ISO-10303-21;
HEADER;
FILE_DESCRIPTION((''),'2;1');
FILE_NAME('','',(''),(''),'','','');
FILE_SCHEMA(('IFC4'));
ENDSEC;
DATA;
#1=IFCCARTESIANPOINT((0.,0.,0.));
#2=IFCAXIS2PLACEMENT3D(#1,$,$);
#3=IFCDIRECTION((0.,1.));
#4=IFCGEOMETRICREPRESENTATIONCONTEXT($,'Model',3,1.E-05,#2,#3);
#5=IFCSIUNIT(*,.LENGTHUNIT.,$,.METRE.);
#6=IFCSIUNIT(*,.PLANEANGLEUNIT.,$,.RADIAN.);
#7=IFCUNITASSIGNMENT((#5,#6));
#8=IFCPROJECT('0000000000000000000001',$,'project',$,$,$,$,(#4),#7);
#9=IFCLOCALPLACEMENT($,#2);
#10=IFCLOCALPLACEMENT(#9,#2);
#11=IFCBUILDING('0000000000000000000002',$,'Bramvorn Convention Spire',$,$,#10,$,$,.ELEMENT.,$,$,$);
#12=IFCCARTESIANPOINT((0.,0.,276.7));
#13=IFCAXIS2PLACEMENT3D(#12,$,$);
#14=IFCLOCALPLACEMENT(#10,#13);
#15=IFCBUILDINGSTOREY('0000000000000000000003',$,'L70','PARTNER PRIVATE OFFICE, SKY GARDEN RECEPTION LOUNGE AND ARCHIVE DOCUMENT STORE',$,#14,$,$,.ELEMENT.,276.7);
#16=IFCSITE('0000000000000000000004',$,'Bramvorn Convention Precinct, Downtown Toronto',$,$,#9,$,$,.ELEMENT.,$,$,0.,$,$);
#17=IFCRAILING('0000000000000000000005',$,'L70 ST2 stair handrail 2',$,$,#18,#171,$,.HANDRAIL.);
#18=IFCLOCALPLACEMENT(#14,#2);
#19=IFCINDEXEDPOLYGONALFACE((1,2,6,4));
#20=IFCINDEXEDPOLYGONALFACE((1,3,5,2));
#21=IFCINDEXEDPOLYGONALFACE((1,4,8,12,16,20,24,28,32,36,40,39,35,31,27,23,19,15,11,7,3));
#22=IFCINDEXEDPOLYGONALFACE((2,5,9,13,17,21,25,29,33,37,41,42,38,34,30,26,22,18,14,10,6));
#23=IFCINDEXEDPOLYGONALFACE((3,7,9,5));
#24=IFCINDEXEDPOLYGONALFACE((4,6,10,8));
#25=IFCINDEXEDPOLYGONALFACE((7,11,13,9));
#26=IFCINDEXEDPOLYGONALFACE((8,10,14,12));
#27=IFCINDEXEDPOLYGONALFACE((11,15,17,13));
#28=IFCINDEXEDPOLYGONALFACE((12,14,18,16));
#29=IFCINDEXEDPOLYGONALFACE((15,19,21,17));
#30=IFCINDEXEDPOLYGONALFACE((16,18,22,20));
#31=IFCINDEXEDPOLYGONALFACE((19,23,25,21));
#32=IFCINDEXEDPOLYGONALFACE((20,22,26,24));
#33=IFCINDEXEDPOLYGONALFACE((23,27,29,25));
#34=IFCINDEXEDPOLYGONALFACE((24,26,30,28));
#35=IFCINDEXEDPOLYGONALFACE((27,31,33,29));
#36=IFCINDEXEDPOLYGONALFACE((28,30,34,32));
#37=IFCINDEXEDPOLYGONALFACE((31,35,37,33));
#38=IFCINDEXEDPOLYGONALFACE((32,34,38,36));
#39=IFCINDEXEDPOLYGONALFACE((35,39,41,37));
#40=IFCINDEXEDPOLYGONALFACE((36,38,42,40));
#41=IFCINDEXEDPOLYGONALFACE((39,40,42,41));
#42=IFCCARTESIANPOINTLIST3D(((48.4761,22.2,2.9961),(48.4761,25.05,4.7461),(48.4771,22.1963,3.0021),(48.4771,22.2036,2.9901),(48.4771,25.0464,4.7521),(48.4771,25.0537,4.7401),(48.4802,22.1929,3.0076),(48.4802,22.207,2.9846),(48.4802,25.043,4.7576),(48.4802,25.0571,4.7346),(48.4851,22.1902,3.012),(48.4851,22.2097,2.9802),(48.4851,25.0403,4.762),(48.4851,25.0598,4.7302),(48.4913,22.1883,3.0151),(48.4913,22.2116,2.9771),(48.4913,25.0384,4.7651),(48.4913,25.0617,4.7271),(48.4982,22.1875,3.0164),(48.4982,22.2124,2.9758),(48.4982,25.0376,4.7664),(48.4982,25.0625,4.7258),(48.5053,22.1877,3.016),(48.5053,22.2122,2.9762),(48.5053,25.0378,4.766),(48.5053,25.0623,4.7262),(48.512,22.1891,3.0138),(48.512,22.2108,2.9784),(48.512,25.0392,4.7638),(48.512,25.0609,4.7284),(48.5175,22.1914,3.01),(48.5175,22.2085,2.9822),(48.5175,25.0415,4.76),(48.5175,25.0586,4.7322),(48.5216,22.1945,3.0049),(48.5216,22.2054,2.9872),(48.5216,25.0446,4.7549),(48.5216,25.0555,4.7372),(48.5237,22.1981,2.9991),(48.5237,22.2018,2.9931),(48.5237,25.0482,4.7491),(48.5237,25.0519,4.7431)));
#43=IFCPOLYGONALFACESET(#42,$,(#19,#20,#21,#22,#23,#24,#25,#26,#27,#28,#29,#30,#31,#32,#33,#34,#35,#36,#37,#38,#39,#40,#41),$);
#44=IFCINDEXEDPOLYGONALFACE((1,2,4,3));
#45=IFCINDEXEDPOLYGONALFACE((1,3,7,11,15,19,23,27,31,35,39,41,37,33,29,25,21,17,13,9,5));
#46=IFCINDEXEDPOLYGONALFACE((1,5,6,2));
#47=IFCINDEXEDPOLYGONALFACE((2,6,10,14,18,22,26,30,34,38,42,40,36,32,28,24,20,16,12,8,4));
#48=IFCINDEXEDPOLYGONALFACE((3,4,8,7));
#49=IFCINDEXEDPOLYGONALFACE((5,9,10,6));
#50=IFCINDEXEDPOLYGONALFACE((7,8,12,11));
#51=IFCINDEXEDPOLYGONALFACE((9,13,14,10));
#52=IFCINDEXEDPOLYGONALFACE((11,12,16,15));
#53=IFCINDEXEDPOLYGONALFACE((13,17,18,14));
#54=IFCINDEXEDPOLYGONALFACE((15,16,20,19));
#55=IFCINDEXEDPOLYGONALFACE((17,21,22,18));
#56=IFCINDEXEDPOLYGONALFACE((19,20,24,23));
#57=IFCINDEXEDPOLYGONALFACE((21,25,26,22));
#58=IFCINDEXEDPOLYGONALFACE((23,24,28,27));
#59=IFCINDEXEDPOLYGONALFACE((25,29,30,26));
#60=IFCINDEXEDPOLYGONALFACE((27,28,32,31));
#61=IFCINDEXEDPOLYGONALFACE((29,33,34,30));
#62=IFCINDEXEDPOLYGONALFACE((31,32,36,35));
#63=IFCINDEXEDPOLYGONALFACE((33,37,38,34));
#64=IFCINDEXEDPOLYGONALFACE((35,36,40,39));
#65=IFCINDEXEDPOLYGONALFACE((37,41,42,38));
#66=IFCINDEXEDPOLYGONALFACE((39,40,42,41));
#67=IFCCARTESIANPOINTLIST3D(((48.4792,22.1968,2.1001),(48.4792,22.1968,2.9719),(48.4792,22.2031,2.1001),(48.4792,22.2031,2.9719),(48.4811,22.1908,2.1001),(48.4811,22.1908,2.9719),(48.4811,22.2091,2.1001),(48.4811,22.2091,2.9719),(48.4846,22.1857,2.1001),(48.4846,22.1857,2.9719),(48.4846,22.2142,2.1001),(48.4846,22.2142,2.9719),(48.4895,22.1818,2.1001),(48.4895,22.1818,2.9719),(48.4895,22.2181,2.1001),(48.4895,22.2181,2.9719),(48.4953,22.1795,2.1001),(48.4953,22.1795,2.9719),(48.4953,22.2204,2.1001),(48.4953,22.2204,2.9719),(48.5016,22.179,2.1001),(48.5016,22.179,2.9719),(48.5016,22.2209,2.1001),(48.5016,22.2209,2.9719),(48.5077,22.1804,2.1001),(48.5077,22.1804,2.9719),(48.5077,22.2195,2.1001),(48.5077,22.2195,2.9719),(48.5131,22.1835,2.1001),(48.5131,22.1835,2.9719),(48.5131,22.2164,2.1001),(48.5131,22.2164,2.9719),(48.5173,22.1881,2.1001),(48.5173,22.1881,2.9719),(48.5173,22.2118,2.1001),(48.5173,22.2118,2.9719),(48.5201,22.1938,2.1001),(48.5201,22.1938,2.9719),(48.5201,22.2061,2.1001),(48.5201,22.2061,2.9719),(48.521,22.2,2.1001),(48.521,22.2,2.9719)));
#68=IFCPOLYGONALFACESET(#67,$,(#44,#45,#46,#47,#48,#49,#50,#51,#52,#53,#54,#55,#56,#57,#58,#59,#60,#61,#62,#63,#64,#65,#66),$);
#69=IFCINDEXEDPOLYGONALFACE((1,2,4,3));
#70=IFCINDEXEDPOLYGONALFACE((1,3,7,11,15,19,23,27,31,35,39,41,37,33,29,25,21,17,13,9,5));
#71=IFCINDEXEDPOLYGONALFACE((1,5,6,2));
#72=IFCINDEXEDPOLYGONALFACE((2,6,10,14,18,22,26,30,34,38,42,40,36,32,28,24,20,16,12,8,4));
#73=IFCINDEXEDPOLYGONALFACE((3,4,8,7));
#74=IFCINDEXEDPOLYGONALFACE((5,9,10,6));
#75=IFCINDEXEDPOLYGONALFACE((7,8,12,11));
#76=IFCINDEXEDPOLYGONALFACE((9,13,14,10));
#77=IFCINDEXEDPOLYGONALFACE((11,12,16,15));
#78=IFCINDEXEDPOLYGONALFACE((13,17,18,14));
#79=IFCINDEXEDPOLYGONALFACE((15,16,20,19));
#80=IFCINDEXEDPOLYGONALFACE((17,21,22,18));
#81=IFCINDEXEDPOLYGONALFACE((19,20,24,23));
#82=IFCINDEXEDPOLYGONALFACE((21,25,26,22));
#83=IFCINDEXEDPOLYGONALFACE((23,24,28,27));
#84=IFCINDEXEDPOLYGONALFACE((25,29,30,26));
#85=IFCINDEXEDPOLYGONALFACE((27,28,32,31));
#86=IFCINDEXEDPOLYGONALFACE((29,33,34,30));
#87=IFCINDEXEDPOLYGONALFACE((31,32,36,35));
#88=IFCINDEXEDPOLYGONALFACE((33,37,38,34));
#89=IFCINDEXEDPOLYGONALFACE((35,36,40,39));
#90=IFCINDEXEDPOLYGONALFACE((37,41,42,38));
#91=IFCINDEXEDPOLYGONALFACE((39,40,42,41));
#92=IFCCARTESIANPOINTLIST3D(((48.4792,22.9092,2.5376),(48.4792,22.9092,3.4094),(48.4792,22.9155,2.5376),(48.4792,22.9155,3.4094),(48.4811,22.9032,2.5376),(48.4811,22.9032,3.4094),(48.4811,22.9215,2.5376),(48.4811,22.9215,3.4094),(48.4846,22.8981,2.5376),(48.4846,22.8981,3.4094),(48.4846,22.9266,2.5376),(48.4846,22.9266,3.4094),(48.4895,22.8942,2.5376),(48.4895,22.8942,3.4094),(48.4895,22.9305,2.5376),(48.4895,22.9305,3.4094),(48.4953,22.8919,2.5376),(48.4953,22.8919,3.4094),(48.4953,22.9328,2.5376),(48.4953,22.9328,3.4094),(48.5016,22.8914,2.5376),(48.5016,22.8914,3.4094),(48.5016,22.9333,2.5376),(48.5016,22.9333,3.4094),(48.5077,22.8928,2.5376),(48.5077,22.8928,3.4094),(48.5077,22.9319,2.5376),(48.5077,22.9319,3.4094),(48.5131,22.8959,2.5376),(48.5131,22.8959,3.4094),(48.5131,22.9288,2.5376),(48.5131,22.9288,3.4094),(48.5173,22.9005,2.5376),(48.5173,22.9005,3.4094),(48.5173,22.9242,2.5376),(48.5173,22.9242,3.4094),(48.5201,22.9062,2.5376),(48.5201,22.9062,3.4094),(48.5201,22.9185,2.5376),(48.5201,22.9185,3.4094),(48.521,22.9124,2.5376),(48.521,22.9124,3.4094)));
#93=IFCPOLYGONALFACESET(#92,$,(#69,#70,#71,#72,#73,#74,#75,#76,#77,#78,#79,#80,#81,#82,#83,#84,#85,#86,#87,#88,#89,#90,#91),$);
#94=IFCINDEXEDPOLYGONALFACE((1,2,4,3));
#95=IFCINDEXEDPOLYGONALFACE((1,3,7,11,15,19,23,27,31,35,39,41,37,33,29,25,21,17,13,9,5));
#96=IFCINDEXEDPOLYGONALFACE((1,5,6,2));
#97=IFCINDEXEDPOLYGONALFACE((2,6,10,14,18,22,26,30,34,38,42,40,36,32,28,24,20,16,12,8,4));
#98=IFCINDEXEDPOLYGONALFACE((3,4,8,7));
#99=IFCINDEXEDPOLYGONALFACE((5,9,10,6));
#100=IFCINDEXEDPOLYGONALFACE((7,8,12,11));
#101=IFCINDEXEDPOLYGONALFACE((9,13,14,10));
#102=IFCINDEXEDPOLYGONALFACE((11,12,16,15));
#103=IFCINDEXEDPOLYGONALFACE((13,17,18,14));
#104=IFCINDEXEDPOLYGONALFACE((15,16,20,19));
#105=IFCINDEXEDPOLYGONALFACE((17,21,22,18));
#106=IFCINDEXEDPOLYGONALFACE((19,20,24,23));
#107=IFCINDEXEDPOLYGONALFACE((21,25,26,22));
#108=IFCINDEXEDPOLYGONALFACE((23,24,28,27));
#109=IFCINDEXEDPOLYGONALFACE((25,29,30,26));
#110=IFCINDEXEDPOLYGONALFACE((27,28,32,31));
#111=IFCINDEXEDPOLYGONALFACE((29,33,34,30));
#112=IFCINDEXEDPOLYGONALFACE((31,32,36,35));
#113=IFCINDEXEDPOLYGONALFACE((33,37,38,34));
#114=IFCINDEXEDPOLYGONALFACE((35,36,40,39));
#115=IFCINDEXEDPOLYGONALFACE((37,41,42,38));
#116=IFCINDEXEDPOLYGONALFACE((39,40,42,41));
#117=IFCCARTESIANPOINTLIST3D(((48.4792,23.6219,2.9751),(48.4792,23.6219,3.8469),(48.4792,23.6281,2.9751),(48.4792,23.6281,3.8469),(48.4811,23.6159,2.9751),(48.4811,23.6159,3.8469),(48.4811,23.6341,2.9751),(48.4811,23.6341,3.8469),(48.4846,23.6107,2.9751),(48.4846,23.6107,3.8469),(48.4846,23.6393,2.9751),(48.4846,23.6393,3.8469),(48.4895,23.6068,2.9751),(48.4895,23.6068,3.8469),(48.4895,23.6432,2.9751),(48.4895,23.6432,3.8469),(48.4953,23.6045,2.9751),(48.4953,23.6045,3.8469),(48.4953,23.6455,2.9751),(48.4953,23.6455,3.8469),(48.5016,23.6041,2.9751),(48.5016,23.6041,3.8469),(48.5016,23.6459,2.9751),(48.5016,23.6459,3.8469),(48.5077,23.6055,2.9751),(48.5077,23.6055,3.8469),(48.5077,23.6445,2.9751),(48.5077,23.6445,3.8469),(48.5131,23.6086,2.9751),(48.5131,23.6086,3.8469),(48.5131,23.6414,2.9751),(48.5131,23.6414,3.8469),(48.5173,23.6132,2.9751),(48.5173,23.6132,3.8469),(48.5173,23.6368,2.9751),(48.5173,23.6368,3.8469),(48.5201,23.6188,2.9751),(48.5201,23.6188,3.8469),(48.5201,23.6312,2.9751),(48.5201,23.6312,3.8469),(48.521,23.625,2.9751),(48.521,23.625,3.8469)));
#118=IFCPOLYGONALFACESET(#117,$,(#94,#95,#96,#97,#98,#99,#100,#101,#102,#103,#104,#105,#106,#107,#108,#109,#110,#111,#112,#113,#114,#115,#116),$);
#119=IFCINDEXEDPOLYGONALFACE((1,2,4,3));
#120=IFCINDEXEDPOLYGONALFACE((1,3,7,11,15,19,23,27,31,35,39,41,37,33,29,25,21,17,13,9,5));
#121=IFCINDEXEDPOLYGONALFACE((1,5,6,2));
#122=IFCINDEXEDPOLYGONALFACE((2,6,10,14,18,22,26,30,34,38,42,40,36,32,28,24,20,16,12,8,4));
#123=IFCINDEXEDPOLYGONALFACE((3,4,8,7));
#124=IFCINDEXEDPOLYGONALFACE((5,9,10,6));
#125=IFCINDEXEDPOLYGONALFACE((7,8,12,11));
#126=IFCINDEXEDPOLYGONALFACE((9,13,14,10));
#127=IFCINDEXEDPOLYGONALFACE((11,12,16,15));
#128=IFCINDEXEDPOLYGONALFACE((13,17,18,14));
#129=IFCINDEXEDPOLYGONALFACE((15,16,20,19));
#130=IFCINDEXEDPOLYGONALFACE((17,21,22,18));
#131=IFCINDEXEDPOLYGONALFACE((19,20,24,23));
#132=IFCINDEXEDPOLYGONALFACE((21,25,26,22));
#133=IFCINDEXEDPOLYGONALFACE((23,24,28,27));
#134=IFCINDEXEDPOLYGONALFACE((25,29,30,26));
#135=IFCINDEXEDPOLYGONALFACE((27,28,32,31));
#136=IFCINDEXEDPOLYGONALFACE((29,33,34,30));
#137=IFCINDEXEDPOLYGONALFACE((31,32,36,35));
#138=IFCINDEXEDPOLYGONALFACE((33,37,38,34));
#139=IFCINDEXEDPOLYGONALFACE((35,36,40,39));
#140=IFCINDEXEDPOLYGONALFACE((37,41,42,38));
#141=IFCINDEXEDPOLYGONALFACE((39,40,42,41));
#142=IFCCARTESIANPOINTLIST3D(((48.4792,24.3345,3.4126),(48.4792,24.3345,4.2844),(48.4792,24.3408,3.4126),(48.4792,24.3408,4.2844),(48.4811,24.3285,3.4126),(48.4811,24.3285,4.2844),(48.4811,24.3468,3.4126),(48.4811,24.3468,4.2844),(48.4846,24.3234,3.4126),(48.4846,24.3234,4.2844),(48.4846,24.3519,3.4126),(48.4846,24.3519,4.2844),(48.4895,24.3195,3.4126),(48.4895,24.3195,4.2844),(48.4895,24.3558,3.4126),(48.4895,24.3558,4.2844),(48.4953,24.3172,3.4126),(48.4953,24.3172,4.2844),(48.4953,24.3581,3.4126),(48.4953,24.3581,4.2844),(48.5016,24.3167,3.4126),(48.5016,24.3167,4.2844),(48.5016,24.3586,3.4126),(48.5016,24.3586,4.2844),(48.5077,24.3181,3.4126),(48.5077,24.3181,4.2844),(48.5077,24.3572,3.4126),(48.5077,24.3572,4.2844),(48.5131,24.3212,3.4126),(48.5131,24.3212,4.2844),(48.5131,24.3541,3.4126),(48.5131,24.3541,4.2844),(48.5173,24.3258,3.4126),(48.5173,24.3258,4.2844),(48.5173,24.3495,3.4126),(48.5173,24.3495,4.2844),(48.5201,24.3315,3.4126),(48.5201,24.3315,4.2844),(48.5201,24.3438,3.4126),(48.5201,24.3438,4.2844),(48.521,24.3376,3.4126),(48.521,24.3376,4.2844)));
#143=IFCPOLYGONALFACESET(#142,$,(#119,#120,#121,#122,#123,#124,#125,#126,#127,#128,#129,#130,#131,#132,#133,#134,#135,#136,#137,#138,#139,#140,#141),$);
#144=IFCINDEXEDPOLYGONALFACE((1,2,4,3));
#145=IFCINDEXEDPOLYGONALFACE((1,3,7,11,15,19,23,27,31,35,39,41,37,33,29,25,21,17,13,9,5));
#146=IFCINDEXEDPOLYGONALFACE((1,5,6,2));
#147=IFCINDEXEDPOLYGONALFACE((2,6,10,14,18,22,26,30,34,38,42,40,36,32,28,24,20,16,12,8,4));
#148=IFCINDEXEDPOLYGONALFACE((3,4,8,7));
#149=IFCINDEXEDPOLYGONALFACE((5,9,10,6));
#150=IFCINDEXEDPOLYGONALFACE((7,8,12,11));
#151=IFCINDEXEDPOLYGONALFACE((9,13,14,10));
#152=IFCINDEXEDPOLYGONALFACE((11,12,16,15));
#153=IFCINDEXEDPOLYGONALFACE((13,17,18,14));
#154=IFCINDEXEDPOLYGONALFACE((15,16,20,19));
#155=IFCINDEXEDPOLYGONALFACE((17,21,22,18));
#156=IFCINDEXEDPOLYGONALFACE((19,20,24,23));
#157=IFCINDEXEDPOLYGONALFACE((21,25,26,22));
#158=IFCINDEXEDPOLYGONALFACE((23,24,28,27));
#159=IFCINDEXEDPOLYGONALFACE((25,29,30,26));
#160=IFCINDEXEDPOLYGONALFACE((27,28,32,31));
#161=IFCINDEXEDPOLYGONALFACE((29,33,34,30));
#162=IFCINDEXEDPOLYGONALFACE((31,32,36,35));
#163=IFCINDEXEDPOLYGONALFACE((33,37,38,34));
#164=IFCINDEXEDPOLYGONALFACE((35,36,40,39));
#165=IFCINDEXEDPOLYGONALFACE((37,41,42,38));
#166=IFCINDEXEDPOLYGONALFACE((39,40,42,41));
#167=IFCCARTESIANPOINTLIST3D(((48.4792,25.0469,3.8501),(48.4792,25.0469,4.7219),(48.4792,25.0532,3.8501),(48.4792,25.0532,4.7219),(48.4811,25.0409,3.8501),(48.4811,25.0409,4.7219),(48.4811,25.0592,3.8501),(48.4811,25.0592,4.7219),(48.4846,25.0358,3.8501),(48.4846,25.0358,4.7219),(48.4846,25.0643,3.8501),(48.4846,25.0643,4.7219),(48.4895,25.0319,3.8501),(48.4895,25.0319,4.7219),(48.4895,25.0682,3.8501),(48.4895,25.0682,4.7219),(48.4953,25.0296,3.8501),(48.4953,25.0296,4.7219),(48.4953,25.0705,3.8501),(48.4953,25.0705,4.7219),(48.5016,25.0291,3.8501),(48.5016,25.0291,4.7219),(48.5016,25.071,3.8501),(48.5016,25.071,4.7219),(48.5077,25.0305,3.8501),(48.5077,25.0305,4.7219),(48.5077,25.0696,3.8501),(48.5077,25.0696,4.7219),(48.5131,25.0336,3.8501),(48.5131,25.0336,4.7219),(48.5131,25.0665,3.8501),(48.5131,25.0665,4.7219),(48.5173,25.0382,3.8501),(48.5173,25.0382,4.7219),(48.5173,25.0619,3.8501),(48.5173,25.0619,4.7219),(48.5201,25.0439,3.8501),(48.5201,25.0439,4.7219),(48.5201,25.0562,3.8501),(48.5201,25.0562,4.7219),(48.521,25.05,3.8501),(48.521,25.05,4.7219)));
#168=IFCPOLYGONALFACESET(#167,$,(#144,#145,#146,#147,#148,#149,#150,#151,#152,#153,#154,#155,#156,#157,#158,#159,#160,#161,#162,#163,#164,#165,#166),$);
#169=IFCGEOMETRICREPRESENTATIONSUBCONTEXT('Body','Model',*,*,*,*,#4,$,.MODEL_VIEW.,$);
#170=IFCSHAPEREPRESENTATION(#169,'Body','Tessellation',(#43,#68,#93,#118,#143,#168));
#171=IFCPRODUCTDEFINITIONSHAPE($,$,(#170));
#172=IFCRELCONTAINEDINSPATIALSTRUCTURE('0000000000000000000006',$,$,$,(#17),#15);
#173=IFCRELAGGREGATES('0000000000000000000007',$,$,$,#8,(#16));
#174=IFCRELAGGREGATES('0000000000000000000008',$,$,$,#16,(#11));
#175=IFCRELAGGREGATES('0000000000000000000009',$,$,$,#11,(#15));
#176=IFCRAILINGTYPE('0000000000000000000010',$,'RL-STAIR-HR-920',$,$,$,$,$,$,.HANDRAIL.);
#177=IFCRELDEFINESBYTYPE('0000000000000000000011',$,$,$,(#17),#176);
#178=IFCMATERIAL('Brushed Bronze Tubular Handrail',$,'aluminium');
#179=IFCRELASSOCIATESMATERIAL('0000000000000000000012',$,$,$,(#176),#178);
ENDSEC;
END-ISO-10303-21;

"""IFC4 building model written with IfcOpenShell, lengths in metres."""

from ifc_helpers import new_model, si_unit, direction, frame, origin, origin_2d, place, context, subcontext, project, spatial, circle, extrude, material, type_object, element, save


model = new_model("IFC4")

# Units and contexts
model_context = context("Model", 3, precision=1e-05, world=origin(), true_north=direction((0.0, 1.0)))
body_context = subcontext(model_context, "Body", "Model", "MODEL_VIEW")
ifc_project = project(units=[si_unit("LENGTHUNIT", "METRE"), si_unit("PLANEANGLEUNIT", "RADIAN")], contexts=[model_context])

# Site, building, storey
site_placement = place(None, origin())
site = spatial("IfcSite", under=ifc_project, at=site_placement, Name="Bramvorn Convention Precinct, Downtown Toronto", CompositionType="ELEMENT", RefElevation=0.0)
building_placement = place(site_placement, origin())
building = spatial("IfcBuilding", under=site, at=building_placement, Name="Bramvorn Convention Spire", CompositionType="ELEMENT")
storey_placement = place(building_placement, frame((0.0, 0.0, 276.7)))
storey = spatial("IfcBuildingStorey", under=building, at=storey_placement, Name="L70", Description="PARTNER PRIVATE OFFICE, SKY GARDEN RECEPTION LOUNGE AND ARCHIVE DOCUMENT STORE", CompositionType="ELEMENT", Elevation=276.7)

# Railing
ifc_material_1 = material(Name="Brushed Bronze Tubular Handrail", Category="aluminium")
railing_type_1 = type_object("IfcRailingType", Name="RL-STAIR-HR-920", PredefinedType="HANDRAIL", material=ifc_material_1)
railing_1_placement = place(storey_placement, frame((48.5, 22.2, 2.1001)))
element("IfcRailing", 1, at=railing_1_placement, inside=storey, type_object=railing_type_1, Name="L70 ST2 stair handrail 2", PredefinedType="HANDRAIL", context=body_context, shape_type="SweptSolid", body=[
    extrude(circle(Radius=0.0239, at=origin_2d()), frame((0.0, 0.0, 0.896), z_axis=(0.0, 0.852179, 0.52325), x_axis=(-1.0, 0.0, 0.0)), (0.0, 0.0, 1.0), 3.3445),
    extrude(circle(Radius=0.021, at=origin_2d()), origin(), (0.0, 0.0, 1.0), 0.8718),
    extrude(circle(Radius=0.021, at=origin_2d()), frame((0.0, 0.7124, 0.4375)), (0.0, 0.0, 1.0), 0.8718),
    extrude(circle(Radius=0.021, at=origin_2d()), frame((0.0, 1.425, 0.875)), (0.0, 0.0, 1.0), 0.8718),
    extrude(circle(Radius=0.021, at=origin_2d()), frame((0.0, 2.1377, 1.3125)), (0.0, 0.0, 1.0), 0.8718),
    extrude(circle(Radius=0.021, at=origin_2d()), frame((0.0, 2.8501, 1.75)), (0.0, 0.0, 1.0), 0.8718),
])

save(model, "model.ifc")
